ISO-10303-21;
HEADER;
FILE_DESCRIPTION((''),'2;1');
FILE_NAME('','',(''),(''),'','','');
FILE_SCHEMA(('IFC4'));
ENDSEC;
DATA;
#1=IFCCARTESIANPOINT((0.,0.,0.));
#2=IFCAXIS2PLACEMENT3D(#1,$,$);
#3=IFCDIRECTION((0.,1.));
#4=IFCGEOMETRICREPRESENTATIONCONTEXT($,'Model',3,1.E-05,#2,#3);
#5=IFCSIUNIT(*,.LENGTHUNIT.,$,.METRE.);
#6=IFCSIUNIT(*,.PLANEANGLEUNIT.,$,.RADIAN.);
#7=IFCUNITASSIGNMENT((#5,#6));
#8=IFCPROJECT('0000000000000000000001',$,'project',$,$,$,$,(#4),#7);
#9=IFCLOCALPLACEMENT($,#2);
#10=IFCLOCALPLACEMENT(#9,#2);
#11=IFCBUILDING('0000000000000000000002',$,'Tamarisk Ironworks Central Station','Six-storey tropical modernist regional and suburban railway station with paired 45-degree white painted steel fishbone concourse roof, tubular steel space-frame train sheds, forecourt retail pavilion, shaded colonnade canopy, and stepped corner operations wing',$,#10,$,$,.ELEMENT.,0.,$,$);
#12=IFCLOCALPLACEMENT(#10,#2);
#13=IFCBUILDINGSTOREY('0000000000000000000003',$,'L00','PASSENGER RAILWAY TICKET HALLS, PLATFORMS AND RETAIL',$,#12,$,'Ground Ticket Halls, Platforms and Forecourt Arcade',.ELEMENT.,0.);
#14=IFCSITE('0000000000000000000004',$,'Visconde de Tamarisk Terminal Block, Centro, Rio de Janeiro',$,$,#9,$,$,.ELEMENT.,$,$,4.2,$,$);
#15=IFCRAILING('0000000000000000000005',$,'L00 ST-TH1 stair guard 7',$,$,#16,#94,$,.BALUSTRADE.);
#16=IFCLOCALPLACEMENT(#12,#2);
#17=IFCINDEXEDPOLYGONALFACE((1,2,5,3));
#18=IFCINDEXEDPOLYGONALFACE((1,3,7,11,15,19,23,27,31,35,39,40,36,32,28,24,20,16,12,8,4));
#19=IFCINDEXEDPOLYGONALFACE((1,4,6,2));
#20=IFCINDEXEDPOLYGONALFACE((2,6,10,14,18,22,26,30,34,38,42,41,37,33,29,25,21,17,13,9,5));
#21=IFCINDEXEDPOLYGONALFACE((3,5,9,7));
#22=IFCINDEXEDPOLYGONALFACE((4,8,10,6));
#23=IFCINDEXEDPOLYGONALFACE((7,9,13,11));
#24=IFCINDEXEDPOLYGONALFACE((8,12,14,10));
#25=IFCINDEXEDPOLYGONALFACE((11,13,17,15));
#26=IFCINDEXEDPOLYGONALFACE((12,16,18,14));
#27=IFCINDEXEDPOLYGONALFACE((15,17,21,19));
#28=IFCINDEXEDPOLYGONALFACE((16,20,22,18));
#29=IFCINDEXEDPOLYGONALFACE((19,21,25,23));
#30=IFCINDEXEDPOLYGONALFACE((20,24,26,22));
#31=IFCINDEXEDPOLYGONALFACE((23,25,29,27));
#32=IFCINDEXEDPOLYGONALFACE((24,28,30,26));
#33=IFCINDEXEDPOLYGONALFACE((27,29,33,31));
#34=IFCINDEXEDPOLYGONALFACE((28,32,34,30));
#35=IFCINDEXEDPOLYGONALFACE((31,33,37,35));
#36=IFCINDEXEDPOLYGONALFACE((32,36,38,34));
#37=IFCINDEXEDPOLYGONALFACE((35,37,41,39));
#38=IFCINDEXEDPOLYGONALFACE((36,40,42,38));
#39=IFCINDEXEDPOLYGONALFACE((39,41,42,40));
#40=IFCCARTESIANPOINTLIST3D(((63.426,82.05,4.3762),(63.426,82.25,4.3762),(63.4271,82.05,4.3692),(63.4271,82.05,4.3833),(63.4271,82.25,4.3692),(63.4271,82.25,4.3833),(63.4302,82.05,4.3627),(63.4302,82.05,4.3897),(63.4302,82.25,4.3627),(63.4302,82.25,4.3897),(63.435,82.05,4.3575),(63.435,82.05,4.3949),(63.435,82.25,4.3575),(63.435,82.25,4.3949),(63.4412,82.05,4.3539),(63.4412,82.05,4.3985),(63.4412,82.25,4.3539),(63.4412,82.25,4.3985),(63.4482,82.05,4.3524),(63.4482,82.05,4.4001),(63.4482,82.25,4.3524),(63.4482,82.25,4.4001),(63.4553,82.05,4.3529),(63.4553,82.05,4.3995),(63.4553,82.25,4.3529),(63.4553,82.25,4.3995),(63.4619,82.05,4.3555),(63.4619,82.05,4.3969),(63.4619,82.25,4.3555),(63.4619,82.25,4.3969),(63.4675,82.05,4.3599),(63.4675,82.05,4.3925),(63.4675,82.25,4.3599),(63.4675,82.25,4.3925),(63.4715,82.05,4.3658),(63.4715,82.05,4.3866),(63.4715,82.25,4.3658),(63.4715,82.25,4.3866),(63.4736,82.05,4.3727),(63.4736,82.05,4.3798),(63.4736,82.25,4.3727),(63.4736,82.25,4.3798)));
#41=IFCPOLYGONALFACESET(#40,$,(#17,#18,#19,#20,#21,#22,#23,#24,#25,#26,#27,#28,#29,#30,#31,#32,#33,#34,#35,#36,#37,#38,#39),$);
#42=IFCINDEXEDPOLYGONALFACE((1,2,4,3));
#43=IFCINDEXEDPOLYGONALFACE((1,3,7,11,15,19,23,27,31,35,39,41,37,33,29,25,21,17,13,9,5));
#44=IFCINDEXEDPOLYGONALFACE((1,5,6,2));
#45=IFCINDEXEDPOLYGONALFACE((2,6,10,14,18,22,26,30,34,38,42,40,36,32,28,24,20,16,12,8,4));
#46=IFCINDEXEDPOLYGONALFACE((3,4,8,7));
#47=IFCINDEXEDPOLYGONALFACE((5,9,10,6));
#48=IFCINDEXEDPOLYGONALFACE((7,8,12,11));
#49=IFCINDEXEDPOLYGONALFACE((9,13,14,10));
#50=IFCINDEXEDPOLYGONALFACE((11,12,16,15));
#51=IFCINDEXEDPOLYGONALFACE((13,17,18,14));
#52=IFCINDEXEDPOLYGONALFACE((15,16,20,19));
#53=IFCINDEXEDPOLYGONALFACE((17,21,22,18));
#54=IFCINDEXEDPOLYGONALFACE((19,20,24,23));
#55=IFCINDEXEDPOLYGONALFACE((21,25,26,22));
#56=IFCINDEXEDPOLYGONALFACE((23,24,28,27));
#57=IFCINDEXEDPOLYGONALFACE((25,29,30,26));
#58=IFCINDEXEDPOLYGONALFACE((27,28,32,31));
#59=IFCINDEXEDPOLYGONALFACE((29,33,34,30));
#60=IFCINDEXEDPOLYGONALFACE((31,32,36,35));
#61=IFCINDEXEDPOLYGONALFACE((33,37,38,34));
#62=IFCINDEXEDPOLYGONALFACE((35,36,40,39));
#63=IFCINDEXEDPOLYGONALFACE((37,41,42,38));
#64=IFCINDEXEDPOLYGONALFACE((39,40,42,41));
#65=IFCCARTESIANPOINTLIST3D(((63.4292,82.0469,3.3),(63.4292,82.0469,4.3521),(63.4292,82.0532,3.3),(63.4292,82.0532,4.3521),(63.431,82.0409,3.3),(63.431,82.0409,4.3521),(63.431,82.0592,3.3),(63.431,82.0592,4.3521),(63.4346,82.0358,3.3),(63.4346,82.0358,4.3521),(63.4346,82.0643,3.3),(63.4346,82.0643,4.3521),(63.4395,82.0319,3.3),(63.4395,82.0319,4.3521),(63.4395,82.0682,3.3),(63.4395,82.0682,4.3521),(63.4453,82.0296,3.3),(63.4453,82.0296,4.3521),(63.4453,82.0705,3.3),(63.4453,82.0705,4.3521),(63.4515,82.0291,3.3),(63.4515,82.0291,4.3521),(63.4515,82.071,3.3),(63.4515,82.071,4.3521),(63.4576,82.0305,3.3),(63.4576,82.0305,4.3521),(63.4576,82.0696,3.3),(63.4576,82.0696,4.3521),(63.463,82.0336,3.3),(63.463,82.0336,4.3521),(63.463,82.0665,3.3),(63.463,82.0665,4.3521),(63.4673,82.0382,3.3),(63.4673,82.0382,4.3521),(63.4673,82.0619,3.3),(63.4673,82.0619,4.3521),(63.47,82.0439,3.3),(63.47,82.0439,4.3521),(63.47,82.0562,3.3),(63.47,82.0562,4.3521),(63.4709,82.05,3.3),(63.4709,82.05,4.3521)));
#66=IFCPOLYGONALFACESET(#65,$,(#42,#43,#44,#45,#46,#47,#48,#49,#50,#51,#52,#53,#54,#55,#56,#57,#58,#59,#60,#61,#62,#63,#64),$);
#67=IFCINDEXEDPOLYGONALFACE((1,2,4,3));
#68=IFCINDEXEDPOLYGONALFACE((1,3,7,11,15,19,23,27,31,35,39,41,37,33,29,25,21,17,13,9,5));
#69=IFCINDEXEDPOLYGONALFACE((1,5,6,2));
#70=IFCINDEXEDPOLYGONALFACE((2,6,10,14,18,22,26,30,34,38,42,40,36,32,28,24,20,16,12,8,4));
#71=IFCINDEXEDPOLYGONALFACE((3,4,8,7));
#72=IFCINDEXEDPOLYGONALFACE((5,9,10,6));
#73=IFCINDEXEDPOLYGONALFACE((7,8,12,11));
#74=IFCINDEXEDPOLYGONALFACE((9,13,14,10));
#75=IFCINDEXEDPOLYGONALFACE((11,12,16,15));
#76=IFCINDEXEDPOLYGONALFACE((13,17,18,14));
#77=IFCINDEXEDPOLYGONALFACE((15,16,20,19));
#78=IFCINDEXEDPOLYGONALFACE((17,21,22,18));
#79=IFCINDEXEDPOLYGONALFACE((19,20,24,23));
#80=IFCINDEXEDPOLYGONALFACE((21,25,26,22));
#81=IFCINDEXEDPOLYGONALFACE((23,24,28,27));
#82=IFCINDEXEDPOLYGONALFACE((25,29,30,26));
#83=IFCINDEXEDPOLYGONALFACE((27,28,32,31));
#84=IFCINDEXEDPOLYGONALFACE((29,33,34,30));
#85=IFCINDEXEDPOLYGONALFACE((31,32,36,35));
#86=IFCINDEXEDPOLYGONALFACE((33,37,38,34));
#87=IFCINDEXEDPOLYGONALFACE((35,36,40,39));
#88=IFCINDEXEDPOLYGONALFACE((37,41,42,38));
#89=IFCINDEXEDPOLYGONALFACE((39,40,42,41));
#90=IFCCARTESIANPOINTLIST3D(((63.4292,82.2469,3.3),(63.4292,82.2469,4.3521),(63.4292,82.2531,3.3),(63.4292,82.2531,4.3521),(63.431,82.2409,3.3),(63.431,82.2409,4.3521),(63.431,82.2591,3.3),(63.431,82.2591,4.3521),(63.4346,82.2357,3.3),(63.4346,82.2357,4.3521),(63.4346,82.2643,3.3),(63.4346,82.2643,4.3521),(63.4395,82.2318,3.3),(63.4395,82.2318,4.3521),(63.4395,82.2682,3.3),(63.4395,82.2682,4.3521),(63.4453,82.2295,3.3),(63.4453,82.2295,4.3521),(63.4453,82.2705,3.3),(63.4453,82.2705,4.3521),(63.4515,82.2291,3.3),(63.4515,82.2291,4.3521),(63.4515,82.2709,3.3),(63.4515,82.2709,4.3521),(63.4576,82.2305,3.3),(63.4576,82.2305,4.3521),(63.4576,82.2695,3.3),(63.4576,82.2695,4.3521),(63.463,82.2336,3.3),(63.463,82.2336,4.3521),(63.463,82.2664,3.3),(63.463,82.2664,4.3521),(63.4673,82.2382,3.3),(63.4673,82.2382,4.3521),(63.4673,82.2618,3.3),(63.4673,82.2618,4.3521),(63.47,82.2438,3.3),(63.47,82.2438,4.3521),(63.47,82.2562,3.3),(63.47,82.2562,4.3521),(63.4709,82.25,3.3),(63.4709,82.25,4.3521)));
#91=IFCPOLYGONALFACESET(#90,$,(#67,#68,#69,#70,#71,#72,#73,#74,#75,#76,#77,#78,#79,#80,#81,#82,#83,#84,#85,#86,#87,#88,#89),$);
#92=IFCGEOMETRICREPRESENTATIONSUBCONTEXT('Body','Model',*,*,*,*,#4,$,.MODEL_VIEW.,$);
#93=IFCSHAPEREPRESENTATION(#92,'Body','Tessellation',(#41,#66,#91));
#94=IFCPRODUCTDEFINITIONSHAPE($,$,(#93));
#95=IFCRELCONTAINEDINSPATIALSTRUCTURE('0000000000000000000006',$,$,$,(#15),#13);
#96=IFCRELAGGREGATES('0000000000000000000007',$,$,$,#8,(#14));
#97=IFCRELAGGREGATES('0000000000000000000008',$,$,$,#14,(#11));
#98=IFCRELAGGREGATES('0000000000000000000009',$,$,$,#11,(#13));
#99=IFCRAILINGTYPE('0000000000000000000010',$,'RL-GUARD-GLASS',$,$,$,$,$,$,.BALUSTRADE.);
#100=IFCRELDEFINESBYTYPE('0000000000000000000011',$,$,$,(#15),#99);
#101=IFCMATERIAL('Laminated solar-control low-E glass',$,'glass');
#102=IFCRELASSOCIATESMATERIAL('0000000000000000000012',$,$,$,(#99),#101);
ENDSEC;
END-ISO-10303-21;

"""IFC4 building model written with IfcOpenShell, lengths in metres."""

from ifc_helpers import new_model, si_unit, direction, frame, origin, origin_2d, place, context, subcontext, project, spatial, circle, extrude, material, type_object, element, save


model = new_model("IFC4")

# Units and contexts
model_context = context("Model", 3, precision=1e-05, world=origin(), true_north=direction((0.0, 1.0)))
body_context = subcontext(model_context, "Body", "Model", "MODEL_VIEW")
ifc_project = project(units=[si_unit("LENGTHUNIT", "METRE"), si_unit("PLANEANGLEUNIT", "RADIAN")], contexts=[model_context])

# Site, building, storey
site_placement = place(None, origin())
site = spatial("IfcSite", under=ifc_project, at=site_placement, Name="Visconde de Tamarisk Terminal Block, Centro, Rio de Janeiro", CompositionType="ELEMENT", RefElevation=4.2)
building_placement = place(site_placement, origin())
building = spatial("IfcBuilding", under=site, at=building_placement, Name="Tamarisk Ironworks Central Station", Description="Six-storey tropical modernist regional and suburban railway station with paired 45-degree white painted steel fishbone concourse roof, tubular steel space-frame train sheds, forecourt retail pavilion, shaded colonnade canopy, and stepped corner operations wing", CompositionType="ELEMENT", ElevationOfRefHeight=0.0)
storey_placement = place(building_placement, origin())
storey = spatial("IfcBuildingStorey", under=building, at=storey_placement, Name="L00", Description="PASSENGER RAILWAY TICKET HALLS, PLATFORMS AND RETAIL", LongName="Ground Ticket Halls, Platforms and Forecourt Arcade", CompositionType="ELEMENT", Elevation=0.0)

# Railing
ifc_material_1 = material(Name="Laminated solar-control low-E glass", Category="glass")
railing_type_1 = type_object("IfcRailingType", Name="RL-GUARD-GLASS", PredefinedType="BALUSTRADE", material=ifc_material_1)
railing_1_placement = place(storey_placement, frame((63.45, 82.05, 3.3)))
element("IfcRailing", 1, at=railing_1_placement, inside=storey, type_object=railing_type_1, Name="L00 ST-TH1 stair guard 7", PredefinedType="BALUSTRADE", context=body_context, shape_type="SweptSolid", body=[
    extrude(circle(Radius=0.0239, at=origin_2d()), frame((0.0, 0.0, 1.0762), z_axis=(0.0, 1.0, 0.0), x_axis=(-1.0, 0.0, 0.0)), (0.0, 0.0, 1.0), 0.2),
    extrude(circle(Radius=0.021, at=origin_2d()), origin(), (0.0, 0.0, 1.0), 1.052),
    extrude(circle(Radius=0.021, at=origin_2d()), frame((0.0, 0.2, 0.0)), (0.0, 0.0, 1.0), 1.052),
])

save(model, "model.ifc")
